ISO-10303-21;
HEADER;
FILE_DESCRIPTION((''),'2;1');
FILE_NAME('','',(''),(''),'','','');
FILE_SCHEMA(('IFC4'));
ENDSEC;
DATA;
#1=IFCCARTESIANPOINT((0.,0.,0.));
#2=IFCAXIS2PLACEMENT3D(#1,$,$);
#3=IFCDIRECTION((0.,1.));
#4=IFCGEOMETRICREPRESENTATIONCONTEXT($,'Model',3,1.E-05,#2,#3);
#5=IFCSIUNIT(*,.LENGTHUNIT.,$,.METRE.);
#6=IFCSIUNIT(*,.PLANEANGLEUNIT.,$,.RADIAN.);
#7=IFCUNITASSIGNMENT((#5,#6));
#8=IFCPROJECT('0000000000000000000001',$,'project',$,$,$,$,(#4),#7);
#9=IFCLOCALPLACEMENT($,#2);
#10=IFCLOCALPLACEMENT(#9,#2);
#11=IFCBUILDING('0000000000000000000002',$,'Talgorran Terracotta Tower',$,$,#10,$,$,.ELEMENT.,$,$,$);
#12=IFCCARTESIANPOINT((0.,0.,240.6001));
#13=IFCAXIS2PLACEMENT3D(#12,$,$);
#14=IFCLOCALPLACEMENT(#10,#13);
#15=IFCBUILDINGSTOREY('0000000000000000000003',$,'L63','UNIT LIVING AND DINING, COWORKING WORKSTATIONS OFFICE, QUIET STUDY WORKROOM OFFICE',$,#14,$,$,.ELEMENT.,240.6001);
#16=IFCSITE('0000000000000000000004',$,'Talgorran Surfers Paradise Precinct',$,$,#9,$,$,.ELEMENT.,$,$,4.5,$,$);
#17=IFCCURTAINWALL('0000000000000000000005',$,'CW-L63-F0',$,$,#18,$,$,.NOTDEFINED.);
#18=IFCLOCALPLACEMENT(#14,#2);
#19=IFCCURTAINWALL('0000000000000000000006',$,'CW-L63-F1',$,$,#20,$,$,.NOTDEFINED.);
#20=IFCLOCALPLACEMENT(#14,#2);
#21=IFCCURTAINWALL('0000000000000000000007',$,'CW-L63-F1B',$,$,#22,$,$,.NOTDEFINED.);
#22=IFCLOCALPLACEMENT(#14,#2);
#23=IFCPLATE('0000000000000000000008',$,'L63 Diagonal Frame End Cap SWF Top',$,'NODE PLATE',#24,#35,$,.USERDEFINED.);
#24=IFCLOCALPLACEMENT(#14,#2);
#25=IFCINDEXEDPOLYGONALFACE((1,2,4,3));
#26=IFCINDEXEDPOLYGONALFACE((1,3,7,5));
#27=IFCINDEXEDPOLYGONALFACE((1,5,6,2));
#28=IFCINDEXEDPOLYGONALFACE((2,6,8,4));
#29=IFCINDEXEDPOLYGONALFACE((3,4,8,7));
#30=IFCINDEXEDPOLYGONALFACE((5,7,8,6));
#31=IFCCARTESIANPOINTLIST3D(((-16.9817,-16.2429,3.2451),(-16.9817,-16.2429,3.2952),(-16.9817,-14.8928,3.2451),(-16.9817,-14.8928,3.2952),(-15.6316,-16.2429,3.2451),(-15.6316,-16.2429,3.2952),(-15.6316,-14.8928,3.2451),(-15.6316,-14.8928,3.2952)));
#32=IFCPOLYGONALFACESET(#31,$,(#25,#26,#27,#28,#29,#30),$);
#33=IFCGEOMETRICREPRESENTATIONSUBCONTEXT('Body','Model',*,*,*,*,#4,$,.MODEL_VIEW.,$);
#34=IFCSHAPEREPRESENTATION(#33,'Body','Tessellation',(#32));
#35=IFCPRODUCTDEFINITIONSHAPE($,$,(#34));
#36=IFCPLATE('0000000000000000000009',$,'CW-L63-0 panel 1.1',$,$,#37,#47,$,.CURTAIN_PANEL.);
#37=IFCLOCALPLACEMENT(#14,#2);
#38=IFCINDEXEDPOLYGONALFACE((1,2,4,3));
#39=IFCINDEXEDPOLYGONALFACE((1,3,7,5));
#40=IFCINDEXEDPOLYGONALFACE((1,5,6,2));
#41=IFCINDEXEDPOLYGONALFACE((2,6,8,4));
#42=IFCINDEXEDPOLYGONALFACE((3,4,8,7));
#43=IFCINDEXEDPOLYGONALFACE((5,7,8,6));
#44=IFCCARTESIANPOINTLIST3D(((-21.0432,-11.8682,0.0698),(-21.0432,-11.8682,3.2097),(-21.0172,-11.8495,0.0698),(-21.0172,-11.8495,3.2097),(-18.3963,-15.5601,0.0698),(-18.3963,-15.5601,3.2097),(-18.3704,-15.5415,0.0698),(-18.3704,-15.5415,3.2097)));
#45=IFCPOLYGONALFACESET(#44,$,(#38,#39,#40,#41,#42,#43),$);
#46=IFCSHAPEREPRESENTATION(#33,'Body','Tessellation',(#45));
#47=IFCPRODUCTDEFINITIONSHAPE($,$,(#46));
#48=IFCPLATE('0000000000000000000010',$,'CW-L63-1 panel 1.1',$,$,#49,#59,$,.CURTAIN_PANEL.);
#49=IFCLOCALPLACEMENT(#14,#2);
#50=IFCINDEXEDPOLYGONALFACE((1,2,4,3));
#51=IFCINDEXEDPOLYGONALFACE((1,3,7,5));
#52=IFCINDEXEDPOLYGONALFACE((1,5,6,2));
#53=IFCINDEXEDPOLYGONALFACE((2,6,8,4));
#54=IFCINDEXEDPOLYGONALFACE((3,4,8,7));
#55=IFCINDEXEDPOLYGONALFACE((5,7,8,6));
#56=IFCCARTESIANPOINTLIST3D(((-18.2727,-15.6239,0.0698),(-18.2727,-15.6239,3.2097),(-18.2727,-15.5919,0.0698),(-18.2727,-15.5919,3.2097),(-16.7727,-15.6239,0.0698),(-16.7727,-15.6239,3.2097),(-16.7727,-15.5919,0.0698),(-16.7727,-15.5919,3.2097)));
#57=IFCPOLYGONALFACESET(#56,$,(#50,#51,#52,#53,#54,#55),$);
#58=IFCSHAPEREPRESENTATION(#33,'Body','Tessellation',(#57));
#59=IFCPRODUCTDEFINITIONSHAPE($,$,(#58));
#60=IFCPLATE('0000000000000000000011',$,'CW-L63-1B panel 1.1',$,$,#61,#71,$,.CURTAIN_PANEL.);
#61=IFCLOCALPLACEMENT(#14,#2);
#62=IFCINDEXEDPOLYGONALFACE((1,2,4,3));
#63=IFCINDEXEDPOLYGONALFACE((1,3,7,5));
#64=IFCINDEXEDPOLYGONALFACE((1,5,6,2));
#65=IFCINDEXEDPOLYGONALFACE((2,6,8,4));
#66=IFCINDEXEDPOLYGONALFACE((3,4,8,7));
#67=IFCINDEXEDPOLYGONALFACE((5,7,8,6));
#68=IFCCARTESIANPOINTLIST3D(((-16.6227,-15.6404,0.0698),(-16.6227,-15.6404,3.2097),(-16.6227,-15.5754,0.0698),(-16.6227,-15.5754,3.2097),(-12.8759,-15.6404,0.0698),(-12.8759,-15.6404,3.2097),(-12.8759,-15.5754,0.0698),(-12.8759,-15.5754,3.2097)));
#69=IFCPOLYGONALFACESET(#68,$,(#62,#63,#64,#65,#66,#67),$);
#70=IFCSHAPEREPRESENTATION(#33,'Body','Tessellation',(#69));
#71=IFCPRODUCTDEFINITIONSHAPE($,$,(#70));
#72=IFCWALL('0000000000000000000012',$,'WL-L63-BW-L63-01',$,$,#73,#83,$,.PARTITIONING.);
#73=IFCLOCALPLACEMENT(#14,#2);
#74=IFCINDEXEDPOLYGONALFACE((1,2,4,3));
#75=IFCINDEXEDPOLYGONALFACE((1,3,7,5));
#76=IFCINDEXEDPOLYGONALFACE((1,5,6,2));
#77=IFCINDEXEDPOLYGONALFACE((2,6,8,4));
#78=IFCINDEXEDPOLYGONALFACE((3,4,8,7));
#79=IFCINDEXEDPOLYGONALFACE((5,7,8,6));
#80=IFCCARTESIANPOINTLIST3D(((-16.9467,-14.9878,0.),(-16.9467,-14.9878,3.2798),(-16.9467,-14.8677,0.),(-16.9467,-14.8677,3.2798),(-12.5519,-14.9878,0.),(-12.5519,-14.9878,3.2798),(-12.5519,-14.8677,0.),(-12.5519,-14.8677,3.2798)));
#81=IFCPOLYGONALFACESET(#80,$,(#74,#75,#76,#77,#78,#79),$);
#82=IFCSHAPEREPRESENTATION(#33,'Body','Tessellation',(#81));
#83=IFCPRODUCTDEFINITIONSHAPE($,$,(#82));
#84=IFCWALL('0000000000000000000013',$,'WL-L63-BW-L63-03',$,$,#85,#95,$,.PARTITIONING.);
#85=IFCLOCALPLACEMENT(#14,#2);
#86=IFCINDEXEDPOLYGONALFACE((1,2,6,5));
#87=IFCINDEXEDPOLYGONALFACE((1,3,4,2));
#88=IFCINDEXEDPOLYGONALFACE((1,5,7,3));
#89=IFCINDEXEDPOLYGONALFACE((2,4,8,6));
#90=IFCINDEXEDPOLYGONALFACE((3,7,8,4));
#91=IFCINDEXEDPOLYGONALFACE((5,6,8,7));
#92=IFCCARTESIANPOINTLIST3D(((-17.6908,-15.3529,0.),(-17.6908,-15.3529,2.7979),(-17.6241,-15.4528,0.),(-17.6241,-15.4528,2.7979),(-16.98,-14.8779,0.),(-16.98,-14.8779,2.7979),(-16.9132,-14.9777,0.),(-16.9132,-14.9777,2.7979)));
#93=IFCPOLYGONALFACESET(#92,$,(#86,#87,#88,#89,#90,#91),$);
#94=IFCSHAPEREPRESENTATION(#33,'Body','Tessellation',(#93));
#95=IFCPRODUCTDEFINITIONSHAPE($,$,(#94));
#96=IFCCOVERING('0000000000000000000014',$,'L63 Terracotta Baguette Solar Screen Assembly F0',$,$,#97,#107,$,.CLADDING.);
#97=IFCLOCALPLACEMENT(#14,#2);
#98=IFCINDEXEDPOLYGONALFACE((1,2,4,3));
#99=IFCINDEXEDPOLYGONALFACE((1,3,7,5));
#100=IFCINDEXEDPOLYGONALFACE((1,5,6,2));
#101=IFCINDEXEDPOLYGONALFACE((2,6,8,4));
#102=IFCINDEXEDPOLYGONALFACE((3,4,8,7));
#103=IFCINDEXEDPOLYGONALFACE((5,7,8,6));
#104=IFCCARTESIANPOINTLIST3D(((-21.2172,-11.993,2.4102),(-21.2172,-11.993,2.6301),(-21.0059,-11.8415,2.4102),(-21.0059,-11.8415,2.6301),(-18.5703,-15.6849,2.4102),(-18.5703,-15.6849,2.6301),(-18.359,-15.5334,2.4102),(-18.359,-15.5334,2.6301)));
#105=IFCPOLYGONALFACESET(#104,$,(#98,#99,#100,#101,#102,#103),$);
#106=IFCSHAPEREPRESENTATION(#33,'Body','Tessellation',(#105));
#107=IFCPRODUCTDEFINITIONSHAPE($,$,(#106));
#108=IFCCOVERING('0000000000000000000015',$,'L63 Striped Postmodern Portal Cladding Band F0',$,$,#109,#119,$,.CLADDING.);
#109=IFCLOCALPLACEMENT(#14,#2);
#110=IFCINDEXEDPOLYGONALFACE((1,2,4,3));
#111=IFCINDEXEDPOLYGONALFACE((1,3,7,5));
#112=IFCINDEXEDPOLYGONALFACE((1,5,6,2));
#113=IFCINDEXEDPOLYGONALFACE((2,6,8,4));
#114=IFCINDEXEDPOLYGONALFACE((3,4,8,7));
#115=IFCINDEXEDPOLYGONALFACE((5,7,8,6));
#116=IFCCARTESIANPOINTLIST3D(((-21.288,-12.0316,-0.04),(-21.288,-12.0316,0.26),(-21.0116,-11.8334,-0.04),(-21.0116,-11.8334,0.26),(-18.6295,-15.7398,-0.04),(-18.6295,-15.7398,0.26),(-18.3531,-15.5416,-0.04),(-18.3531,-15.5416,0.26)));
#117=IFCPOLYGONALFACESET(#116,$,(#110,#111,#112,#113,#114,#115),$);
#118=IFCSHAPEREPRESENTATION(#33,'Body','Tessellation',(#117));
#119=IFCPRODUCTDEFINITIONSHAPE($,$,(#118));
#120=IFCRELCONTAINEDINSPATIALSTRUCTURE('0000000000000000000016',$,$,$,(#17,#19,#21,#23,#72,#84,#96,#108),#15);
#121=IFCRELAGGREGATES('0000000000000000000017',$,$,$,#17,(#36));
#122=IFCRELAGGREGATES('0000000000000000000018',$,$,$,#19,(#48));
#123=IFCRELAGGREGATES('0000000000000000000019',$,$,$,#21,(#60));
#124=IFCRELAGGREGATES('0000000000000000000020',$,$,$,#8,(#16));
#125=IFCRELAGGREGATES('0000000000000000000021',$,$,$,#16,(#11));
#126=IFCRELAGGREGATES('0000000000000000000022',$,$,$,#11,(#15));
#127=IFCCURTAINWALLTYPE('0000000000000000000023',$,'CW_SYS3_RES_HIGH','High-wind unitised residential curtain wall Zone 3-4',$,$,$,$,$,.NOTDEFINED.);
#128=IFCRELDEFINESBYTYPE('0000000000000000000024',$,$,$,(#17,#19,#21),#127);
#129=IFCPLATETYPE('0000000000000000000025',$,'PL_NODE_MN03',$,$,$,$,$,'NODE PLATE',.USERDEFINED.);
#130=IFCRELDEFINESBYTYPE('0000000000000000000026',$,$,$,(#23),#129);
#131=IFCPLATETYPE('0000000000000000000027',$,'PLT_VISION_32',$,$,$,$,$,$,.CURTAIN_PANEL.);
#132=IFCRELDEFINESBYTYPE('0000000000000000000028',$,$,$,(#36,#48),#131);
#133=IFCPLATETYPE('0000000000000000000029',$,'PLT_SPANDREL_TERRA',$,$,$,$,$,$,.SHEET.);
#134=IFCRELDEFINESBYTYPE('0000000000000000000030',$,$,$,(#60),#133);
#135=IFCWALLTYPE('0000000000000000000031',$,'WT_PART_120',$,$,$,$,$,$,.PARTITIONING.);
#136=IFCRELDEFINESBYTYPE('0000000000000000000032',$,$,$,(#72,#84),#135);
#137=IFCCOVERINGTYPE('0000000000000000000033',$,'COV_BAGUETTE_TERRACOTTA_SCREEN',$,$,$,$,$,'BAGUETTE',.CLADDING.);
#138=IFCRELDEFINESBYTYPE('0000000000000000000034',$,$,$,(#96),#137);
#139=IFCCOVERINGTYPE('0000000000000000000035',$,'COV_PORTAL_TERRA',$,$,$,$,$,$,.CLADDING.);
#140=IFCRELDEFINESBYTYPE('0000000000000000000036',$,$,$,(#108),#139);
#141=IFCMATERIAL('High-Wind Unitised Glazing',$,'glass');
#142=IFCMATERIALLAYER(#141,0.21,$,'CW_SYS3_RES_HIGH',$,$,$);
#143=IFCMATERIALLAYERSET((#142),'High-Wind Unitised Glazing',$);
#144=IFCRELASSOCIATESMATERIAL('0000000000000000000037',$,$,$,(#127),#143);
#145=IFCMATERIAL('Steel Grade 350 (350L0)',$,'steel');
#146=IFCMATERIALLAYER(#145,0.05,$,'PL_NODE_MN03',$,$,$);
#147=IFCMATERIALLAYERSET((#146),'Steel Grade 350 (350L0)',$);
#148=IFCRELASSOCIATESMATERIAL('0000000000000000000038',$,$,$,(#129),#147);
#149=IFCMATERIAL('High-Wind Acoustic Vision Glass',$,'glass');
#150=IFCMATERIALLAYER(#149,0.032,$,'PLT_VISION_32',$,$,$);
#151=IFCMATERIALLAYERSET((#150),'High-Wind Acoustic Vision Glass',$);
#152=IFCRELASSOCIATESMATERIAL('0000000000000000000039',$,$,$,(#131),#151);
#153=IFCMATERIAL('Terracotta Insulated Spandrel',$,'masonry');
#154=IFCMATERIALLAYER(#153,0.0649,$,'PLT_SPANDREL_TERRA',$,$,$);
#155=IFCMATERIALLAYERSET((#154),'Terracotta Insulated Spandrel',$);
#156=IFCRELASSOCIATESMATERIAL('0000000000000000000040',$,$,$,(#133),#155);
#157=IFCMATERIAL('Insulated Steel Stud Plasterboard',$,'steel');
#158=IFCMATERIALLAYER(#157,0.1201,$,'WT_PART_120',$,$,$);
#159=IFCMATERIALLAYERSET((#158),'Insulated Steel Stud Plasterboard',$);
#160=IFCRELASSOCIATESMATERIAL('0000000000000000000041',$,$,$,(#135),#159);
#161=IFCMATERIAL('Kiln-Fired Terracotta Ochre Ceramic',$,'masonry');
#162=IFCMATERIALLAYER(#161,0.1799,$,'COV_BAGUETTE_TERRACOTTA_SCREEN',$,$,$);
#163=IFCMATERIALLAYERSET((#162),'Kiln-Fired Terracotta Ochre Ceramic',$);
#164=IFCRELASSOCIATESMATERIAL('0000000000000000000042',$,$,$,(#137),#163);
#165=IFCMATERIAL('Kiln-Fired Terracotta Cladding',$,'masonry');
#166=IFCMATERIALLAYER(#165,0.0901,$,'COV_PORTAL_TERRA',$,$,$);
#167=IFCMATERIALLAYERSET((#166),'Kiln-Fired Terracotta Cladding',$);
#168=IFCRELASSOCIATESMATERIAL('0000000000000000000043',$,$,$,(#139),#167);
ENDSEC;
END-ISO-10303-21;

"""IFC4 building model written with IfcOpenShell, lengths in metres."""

from ifc_helpers import new_model, si_unit, direction, frame, frame_2d, origin, origin_2d, place, context, subcontext, project, spatial, rectangle, extrude, source, transform, mapped, material, layer, layer_set, type_object, type_shapes, element, aggregate, save


model = new_model("IFC4")

# Units and contexts
model_context = context("Model", 3, precision=1e-05, world=origin(), true_north=direction((0.0, 1.0)))
body_context = subcontext(model_context, "Body", "Model", "MODEL_VIEW")
ifc_project = project(units=[si_unit("LENGTHUNIT", "METRE"), si_unit("PLANEANGLEUNIT", "RADIAN")], contexts=[model_context])

# Site, building, storey
site_placement = place(None, origin())
site = spatial("IfcSite", under=ifc_project, at=site_placement, Name="Talgorran Surfers Paradise Precinct", CompositionType="ELEMENT", RefElevation=4.5)
building_placement = place(site_placement, origin())
building = spatial("IfcBuilding", under=site, at=building_placement, Name="Talgorran Terracotta Tower", CompositionType="ELEMENT")
storey_placement = place(building_placement, frame((0.0, 0.0, 240.6001)))
storey = spatial("IfcBuildingStorey", under=building, at=storey_placement, Name="L63", Description="UNIT LIVING AND DINING, COWORKING WORKSTATIONS OFFICE, QUIET STUDY WORKROOM OFFICE", CompositionType="ELEMENT", Elevation=240.6001)

# Shared definitions
ifc_material_1 = material(Name="Steel Grade 350 (350L0)", Category="steel")

# Curtain wall
ifc_material_2 = material(Name="High-Wind Unitised Glazing", Category="glass")
ifc_layer_1 = layer(ifc_material_2, 0.21, Name="CW_SYS3_RES_HIGH")
ifc_layer_set_1 = layer_set([ifc_layer_1], Name="High-Wind Unitised Glazing")
curtain_wall_type = type_object("IfcCurtainWallType", Name="CW_SYS3_RES_HIGH", Description="High-wind unitised residential curtain wall Zone 3-4", PredefinedType="NOTDEFINED", material=ifc_layer_set_1)
curtain_wall_1_placement = place(storey_placement, origin())
curtain_wall_1 = element("IfcCurtainWall", 1, at=curtain_wall_1_placement, inside=storey, type_object=curtain_wall_type, Name="CW-L63-F0", PredefinedType="NOTDEFINED")

# Curtain wall
curtain_wall_2_placement = place(storey_placement, origin())
curtain_wall_2 = element("IfcCurtainWall", 2, at=curtain_wall_2_placement, inside=storey, type_object=curtain_wall_type, Name="CW-L63-F1", PredefinedType="NOTDEFINED")

# Curtain wall
curtain_wall_3_placement = place(storey_placement, origin())
curtain_wall_3 = element("IfcCurtainWall", 3, at=curtain_wall_3_placement, inside=storey, type_object=curtain_wall_type, Name="CW-L63-F1B", PredefinedType="NOTDEFINED")

# Plates
ifc_layer_2 = layer(ifc_material_1, 0.05, Name="PL_NODE_MN03")
ifc_layer_set_2 = layer_set([ifc_layer_2], Name="Steel Grade 350 (350L0)")
plate_type_1 = type_object("IfcPlateType", Name="PL_NODE_MN03", ElementType="NODE PLATE", PredefinedType="USERDEFINED", material=ifc_layer_set_2)
plate_1_placement = place(storey_placement, frame((-16.3066, -15.5679, 3.2451), z_axis=(0.0, 0.0, 1.0), x_axis=(-1.0, 0.0, 0.0)))
element("IfcPlate", 4, at=plate_1_placement, inside=storey, type_object=plate_type_1, Name="L63 Diagonal Frame End Cap SWF Top", ObjectType="NODE PLATE", PredefinedType="USERDEFINED", context=body_context, shape_type="SweptSolid", body=[
    extrude(rectangle(XDim=1.3501, YDim=1.3501, at=origin_2d()), origin(), (0.0, 0.0, 1.0), 0.05),
])
ifc_material_3 = material(Name="High-Wind Acoustic Vision Glass", Category="glass")
ifc_layer_3 = layer(ifc_material_3, 0.032, Name="PLT_VISION_32")
ifc_layer_set_3 = layer_set([ifc_layer_3], Name="High-Wind Acoustic Vision Glass")
plate_type_2 = type_object("IfcPlateType", Name="PLT_VISION_32", PredefinedType="CURTAIN_PANEL", material=ifc_layer_set_3)
shared_shape_1 = source(origin(), body_context, "Body", "SweptSolid", [
    extrude(rectangle(XDim=4.5427, YDim=0.032, at=origin_2d()), origin(), (0.0, 0.0, 1.0), 3.1399),
])
plate_2_placement = place(storey_placement, frame((-19.7068, -13.7048, 0.0698), z_axis=(0.0, 0.0, 1.0), x_axis=(0.582661, -0.812715, 0.0)))
plate_2 = element("IfcPlate", 5, at=plate_2_placement, type_object=plate_type_2, Name="CW-L63-0 panel 1.1", PredefinedType="CURTAIN_PANEL", context=body_context, shape_type="MappedRepresentation", body=[
    mapped(shared_shape_1, transform((0.0, 0.0, 0.0), scale=1.0)),
])
aggregate(curtain_wall_1, [plate_2])
shared_shape_2 = source(origin(), body_context, "Body", "SweptSolid", [
    extrude(rectangle(XDim=1.5, YDim=0.032, at=origin_2d()), origin(), (0.0, 0.0, 1.0), 3.1399),
])
type_shapes(plate_type_2, [shared_shape_1, shared_shape_2])
plate_3_placement = place(storey_placement, frame((-17.5227, -15.6079, 0.0698), z_axis=(0.0, 0.0, 1.0), x_axis=(1.0, 0.0, 0.0)))
plate_3 = element("IfcPlate", 6, at=plate_3_placement, type_object=plate_type_2, Name="CW-L63-1 panel 1.1", PredefinedType="CURTAIN_PANEL", context=body_context, shape_type="MappedRepresentation", body=[
    mapped(shared_shape_2, transform((0.0, 0.0, 0.0), scale=1.0)),
])
aggregate(curtain_wall_2, [plate_3])
ifc_material_4 = material(Name="Terracotta Insulated Spandrel", Category="masonry")
ifc_layer_4 = layer(ifc_material_4, 0.0649, Name="PLT_SPANDREL_TERRA")
ifc_layer_set_4 = layer_set([ifc_layer_4], Name="Terracotta Insulated Spandrel")
plate_type_3 = type_object("IfcPlateType", Name="PLT_SPANDREL_TERRA", PredefinedType="SHEET", material=ifc_layer_set_4)
shared_shape_3 = source(origin(), body_context, "Body", "SweptSolid", [
    extrude(rectangle(XDim=3.7468, YDim=0.0649, at=origin_2d()), origin(), (0.0, 0.0, 1.0), 3.1399),
])
type_shapes(plate_type_3, [shared_shape_3])
plate_4_placement = place(storey_placement, frame((-14.7493, -15.6079, 0.0698), z_axis=(0.0, 0.0, 1.0), x_axis=(1.0, 0.0, 0.0)))
plate_4 = element("IfcPlate", 7, at=plate_4_placement, type_object=plate_type_3, Name="CW-L63-1B panel 1.1", PredefinedType="CURTAIN_PANEL", context=body_context, shape_type="MappedRepresentation", body=[
    mapped(shared_shape_3, transform((0.0, 0.0, 0.0), scale=1.0)),
])
aggregate(curtain_wall_3, [plate_4])

# Walls
ifc_material_5 = material(Name="Insulated Steel Stud Plasterboard", Category="steel")
ifc_layer_5 = layer(ifc_material_5, 0.1201, Name="WT_PART_120")
ifc_layer_set_5 = layer_set([ifc_layer_5], Name="Insulated Steel Stud Plasterboard")
wall_type = type_object("IfcWallType", Name="WT_PART_120", PredefinedType="PARTITIONING", material=ifc_layer_set_5)
wall_1_placement = place(storey_placement, frame((-16.9465, -14.9277, 0.0), z_axis=(0.0, 0.0, 1.0), x_axis=(1.0, 0.0, 0.0)))
element("IfcWall", 8, at=wall_1_placement, inside=storey, type_object=wall_type, Name="WL-L63-BW-L63-01", PredefinedType="PARTITIONING", context=body_context, shape_type="SweptSolid", body=[
    extrude(rectangle(XDim=4.3948, YDim=0.1201, at=frame_2d((2.1973, 0.0))), origin(), (0.0, 0.0, 1.0), 3.2798),
])
wall_2_placement = place(storey_placement, frame((-17.6575, -15.4028, 0.0), z_axis=(0.0, 0.0, 1.0), x_axis=(0.831435, 0.555622, 0.0)))
element("IfcWall", 9, at=wall_2_placement, inside=storey, type_object=wall_type, Name="WL-L63-BW-L63-03", PredefinedType="PARTITIONING", context=body_context, shape_type="SweptSolid", body=[
    extrude(rectangle(XDim=0.855, YDim=0.1201, at=frame_2d((0.4275, 0.0))), origin(), (0.0, 0.0, 1.0), 2.7979),
])

# Coverings
ifc_material_6 = material(Name="Kiln-Fired Terracotta Ochre Ceramic", Category="masonry")
ifc_layer_6 = layer(ifc_material_6, 0.1799, Name="COV_BAGUETTE_TERRACOTTA_SCREEN")
ifc_layer_set_6 = layer_set([ifc_layer_6], Name="Kiln-Fired Terracotta Ochre Ceramic")
covering_type_1 = type_object("IfcCoveringType", Name="COV_BAGUETTE_TERRACOTTA_SCREEN", ElementType="BAGUETTE", PredefinedType="CLADDING", material=ifc_layer_set_6)
covering_1_placement = place(storey_placement, frame((-19.7881, -13.7632, 2.4102), z_axis=(0.0, 0.0, 1.0), x_axis=(0.582662, -0.812715, 0.0)))
element("IfcCovering", 10, at=covering_1_placement, inside=storey, type_object=covering_type_1, Name="L63 Terracotta Baguette Solar Screen Assembly F0", PredefinedType="CLADDING", context=body_context, shape_type="SweptSolid", body=[
    extrude(rectangle(XDim=4.5427, YDim=0.26, at=origin_2d()), origin(), (0.0, 0.0, 1.0), 0.22),
])
ifc_material_7 = material(Name="Kiln-Fired Terracotta Cladding", Category="masonry")
ifc_layer_7 = layer(ifc_material_7, 0.0901, Name="COV_PORTAL_TERRA")
ifc_layer_set_7 = layer_set([ifc_layer_7], Name="Kiln-Fired Terracotta Cladding")
covering_type_2 = type_object("IfcCoveringType", Name="COV_PORTAL_TERRA", PredefinedType="CLADDING", material=ifc_layer_set_7)
covering_2_placement = place(storey_placement, frame((-19.8206, -13.7866, -0.04), z_axis=(0.0, 0.0, 1.0), x_axis=(0.582662, -0.812715, 0.0)))
element("IfcCovering", 11, at=covering_2_placement, inside=storey, type_object=covering_type_2, Name="L63 Striped Postmodern Portal Cladding Band F0", PredefinedType="CLADDING", context=body_context, shape_type="SweptSolid", body=[
    extrude(rectangle(XDim=4.5627, YDim=0.3401, at=origin_2d()), origin(), (0.0, 0.0, 1.0), 0.3),
])

save(model, "model.ifc")
